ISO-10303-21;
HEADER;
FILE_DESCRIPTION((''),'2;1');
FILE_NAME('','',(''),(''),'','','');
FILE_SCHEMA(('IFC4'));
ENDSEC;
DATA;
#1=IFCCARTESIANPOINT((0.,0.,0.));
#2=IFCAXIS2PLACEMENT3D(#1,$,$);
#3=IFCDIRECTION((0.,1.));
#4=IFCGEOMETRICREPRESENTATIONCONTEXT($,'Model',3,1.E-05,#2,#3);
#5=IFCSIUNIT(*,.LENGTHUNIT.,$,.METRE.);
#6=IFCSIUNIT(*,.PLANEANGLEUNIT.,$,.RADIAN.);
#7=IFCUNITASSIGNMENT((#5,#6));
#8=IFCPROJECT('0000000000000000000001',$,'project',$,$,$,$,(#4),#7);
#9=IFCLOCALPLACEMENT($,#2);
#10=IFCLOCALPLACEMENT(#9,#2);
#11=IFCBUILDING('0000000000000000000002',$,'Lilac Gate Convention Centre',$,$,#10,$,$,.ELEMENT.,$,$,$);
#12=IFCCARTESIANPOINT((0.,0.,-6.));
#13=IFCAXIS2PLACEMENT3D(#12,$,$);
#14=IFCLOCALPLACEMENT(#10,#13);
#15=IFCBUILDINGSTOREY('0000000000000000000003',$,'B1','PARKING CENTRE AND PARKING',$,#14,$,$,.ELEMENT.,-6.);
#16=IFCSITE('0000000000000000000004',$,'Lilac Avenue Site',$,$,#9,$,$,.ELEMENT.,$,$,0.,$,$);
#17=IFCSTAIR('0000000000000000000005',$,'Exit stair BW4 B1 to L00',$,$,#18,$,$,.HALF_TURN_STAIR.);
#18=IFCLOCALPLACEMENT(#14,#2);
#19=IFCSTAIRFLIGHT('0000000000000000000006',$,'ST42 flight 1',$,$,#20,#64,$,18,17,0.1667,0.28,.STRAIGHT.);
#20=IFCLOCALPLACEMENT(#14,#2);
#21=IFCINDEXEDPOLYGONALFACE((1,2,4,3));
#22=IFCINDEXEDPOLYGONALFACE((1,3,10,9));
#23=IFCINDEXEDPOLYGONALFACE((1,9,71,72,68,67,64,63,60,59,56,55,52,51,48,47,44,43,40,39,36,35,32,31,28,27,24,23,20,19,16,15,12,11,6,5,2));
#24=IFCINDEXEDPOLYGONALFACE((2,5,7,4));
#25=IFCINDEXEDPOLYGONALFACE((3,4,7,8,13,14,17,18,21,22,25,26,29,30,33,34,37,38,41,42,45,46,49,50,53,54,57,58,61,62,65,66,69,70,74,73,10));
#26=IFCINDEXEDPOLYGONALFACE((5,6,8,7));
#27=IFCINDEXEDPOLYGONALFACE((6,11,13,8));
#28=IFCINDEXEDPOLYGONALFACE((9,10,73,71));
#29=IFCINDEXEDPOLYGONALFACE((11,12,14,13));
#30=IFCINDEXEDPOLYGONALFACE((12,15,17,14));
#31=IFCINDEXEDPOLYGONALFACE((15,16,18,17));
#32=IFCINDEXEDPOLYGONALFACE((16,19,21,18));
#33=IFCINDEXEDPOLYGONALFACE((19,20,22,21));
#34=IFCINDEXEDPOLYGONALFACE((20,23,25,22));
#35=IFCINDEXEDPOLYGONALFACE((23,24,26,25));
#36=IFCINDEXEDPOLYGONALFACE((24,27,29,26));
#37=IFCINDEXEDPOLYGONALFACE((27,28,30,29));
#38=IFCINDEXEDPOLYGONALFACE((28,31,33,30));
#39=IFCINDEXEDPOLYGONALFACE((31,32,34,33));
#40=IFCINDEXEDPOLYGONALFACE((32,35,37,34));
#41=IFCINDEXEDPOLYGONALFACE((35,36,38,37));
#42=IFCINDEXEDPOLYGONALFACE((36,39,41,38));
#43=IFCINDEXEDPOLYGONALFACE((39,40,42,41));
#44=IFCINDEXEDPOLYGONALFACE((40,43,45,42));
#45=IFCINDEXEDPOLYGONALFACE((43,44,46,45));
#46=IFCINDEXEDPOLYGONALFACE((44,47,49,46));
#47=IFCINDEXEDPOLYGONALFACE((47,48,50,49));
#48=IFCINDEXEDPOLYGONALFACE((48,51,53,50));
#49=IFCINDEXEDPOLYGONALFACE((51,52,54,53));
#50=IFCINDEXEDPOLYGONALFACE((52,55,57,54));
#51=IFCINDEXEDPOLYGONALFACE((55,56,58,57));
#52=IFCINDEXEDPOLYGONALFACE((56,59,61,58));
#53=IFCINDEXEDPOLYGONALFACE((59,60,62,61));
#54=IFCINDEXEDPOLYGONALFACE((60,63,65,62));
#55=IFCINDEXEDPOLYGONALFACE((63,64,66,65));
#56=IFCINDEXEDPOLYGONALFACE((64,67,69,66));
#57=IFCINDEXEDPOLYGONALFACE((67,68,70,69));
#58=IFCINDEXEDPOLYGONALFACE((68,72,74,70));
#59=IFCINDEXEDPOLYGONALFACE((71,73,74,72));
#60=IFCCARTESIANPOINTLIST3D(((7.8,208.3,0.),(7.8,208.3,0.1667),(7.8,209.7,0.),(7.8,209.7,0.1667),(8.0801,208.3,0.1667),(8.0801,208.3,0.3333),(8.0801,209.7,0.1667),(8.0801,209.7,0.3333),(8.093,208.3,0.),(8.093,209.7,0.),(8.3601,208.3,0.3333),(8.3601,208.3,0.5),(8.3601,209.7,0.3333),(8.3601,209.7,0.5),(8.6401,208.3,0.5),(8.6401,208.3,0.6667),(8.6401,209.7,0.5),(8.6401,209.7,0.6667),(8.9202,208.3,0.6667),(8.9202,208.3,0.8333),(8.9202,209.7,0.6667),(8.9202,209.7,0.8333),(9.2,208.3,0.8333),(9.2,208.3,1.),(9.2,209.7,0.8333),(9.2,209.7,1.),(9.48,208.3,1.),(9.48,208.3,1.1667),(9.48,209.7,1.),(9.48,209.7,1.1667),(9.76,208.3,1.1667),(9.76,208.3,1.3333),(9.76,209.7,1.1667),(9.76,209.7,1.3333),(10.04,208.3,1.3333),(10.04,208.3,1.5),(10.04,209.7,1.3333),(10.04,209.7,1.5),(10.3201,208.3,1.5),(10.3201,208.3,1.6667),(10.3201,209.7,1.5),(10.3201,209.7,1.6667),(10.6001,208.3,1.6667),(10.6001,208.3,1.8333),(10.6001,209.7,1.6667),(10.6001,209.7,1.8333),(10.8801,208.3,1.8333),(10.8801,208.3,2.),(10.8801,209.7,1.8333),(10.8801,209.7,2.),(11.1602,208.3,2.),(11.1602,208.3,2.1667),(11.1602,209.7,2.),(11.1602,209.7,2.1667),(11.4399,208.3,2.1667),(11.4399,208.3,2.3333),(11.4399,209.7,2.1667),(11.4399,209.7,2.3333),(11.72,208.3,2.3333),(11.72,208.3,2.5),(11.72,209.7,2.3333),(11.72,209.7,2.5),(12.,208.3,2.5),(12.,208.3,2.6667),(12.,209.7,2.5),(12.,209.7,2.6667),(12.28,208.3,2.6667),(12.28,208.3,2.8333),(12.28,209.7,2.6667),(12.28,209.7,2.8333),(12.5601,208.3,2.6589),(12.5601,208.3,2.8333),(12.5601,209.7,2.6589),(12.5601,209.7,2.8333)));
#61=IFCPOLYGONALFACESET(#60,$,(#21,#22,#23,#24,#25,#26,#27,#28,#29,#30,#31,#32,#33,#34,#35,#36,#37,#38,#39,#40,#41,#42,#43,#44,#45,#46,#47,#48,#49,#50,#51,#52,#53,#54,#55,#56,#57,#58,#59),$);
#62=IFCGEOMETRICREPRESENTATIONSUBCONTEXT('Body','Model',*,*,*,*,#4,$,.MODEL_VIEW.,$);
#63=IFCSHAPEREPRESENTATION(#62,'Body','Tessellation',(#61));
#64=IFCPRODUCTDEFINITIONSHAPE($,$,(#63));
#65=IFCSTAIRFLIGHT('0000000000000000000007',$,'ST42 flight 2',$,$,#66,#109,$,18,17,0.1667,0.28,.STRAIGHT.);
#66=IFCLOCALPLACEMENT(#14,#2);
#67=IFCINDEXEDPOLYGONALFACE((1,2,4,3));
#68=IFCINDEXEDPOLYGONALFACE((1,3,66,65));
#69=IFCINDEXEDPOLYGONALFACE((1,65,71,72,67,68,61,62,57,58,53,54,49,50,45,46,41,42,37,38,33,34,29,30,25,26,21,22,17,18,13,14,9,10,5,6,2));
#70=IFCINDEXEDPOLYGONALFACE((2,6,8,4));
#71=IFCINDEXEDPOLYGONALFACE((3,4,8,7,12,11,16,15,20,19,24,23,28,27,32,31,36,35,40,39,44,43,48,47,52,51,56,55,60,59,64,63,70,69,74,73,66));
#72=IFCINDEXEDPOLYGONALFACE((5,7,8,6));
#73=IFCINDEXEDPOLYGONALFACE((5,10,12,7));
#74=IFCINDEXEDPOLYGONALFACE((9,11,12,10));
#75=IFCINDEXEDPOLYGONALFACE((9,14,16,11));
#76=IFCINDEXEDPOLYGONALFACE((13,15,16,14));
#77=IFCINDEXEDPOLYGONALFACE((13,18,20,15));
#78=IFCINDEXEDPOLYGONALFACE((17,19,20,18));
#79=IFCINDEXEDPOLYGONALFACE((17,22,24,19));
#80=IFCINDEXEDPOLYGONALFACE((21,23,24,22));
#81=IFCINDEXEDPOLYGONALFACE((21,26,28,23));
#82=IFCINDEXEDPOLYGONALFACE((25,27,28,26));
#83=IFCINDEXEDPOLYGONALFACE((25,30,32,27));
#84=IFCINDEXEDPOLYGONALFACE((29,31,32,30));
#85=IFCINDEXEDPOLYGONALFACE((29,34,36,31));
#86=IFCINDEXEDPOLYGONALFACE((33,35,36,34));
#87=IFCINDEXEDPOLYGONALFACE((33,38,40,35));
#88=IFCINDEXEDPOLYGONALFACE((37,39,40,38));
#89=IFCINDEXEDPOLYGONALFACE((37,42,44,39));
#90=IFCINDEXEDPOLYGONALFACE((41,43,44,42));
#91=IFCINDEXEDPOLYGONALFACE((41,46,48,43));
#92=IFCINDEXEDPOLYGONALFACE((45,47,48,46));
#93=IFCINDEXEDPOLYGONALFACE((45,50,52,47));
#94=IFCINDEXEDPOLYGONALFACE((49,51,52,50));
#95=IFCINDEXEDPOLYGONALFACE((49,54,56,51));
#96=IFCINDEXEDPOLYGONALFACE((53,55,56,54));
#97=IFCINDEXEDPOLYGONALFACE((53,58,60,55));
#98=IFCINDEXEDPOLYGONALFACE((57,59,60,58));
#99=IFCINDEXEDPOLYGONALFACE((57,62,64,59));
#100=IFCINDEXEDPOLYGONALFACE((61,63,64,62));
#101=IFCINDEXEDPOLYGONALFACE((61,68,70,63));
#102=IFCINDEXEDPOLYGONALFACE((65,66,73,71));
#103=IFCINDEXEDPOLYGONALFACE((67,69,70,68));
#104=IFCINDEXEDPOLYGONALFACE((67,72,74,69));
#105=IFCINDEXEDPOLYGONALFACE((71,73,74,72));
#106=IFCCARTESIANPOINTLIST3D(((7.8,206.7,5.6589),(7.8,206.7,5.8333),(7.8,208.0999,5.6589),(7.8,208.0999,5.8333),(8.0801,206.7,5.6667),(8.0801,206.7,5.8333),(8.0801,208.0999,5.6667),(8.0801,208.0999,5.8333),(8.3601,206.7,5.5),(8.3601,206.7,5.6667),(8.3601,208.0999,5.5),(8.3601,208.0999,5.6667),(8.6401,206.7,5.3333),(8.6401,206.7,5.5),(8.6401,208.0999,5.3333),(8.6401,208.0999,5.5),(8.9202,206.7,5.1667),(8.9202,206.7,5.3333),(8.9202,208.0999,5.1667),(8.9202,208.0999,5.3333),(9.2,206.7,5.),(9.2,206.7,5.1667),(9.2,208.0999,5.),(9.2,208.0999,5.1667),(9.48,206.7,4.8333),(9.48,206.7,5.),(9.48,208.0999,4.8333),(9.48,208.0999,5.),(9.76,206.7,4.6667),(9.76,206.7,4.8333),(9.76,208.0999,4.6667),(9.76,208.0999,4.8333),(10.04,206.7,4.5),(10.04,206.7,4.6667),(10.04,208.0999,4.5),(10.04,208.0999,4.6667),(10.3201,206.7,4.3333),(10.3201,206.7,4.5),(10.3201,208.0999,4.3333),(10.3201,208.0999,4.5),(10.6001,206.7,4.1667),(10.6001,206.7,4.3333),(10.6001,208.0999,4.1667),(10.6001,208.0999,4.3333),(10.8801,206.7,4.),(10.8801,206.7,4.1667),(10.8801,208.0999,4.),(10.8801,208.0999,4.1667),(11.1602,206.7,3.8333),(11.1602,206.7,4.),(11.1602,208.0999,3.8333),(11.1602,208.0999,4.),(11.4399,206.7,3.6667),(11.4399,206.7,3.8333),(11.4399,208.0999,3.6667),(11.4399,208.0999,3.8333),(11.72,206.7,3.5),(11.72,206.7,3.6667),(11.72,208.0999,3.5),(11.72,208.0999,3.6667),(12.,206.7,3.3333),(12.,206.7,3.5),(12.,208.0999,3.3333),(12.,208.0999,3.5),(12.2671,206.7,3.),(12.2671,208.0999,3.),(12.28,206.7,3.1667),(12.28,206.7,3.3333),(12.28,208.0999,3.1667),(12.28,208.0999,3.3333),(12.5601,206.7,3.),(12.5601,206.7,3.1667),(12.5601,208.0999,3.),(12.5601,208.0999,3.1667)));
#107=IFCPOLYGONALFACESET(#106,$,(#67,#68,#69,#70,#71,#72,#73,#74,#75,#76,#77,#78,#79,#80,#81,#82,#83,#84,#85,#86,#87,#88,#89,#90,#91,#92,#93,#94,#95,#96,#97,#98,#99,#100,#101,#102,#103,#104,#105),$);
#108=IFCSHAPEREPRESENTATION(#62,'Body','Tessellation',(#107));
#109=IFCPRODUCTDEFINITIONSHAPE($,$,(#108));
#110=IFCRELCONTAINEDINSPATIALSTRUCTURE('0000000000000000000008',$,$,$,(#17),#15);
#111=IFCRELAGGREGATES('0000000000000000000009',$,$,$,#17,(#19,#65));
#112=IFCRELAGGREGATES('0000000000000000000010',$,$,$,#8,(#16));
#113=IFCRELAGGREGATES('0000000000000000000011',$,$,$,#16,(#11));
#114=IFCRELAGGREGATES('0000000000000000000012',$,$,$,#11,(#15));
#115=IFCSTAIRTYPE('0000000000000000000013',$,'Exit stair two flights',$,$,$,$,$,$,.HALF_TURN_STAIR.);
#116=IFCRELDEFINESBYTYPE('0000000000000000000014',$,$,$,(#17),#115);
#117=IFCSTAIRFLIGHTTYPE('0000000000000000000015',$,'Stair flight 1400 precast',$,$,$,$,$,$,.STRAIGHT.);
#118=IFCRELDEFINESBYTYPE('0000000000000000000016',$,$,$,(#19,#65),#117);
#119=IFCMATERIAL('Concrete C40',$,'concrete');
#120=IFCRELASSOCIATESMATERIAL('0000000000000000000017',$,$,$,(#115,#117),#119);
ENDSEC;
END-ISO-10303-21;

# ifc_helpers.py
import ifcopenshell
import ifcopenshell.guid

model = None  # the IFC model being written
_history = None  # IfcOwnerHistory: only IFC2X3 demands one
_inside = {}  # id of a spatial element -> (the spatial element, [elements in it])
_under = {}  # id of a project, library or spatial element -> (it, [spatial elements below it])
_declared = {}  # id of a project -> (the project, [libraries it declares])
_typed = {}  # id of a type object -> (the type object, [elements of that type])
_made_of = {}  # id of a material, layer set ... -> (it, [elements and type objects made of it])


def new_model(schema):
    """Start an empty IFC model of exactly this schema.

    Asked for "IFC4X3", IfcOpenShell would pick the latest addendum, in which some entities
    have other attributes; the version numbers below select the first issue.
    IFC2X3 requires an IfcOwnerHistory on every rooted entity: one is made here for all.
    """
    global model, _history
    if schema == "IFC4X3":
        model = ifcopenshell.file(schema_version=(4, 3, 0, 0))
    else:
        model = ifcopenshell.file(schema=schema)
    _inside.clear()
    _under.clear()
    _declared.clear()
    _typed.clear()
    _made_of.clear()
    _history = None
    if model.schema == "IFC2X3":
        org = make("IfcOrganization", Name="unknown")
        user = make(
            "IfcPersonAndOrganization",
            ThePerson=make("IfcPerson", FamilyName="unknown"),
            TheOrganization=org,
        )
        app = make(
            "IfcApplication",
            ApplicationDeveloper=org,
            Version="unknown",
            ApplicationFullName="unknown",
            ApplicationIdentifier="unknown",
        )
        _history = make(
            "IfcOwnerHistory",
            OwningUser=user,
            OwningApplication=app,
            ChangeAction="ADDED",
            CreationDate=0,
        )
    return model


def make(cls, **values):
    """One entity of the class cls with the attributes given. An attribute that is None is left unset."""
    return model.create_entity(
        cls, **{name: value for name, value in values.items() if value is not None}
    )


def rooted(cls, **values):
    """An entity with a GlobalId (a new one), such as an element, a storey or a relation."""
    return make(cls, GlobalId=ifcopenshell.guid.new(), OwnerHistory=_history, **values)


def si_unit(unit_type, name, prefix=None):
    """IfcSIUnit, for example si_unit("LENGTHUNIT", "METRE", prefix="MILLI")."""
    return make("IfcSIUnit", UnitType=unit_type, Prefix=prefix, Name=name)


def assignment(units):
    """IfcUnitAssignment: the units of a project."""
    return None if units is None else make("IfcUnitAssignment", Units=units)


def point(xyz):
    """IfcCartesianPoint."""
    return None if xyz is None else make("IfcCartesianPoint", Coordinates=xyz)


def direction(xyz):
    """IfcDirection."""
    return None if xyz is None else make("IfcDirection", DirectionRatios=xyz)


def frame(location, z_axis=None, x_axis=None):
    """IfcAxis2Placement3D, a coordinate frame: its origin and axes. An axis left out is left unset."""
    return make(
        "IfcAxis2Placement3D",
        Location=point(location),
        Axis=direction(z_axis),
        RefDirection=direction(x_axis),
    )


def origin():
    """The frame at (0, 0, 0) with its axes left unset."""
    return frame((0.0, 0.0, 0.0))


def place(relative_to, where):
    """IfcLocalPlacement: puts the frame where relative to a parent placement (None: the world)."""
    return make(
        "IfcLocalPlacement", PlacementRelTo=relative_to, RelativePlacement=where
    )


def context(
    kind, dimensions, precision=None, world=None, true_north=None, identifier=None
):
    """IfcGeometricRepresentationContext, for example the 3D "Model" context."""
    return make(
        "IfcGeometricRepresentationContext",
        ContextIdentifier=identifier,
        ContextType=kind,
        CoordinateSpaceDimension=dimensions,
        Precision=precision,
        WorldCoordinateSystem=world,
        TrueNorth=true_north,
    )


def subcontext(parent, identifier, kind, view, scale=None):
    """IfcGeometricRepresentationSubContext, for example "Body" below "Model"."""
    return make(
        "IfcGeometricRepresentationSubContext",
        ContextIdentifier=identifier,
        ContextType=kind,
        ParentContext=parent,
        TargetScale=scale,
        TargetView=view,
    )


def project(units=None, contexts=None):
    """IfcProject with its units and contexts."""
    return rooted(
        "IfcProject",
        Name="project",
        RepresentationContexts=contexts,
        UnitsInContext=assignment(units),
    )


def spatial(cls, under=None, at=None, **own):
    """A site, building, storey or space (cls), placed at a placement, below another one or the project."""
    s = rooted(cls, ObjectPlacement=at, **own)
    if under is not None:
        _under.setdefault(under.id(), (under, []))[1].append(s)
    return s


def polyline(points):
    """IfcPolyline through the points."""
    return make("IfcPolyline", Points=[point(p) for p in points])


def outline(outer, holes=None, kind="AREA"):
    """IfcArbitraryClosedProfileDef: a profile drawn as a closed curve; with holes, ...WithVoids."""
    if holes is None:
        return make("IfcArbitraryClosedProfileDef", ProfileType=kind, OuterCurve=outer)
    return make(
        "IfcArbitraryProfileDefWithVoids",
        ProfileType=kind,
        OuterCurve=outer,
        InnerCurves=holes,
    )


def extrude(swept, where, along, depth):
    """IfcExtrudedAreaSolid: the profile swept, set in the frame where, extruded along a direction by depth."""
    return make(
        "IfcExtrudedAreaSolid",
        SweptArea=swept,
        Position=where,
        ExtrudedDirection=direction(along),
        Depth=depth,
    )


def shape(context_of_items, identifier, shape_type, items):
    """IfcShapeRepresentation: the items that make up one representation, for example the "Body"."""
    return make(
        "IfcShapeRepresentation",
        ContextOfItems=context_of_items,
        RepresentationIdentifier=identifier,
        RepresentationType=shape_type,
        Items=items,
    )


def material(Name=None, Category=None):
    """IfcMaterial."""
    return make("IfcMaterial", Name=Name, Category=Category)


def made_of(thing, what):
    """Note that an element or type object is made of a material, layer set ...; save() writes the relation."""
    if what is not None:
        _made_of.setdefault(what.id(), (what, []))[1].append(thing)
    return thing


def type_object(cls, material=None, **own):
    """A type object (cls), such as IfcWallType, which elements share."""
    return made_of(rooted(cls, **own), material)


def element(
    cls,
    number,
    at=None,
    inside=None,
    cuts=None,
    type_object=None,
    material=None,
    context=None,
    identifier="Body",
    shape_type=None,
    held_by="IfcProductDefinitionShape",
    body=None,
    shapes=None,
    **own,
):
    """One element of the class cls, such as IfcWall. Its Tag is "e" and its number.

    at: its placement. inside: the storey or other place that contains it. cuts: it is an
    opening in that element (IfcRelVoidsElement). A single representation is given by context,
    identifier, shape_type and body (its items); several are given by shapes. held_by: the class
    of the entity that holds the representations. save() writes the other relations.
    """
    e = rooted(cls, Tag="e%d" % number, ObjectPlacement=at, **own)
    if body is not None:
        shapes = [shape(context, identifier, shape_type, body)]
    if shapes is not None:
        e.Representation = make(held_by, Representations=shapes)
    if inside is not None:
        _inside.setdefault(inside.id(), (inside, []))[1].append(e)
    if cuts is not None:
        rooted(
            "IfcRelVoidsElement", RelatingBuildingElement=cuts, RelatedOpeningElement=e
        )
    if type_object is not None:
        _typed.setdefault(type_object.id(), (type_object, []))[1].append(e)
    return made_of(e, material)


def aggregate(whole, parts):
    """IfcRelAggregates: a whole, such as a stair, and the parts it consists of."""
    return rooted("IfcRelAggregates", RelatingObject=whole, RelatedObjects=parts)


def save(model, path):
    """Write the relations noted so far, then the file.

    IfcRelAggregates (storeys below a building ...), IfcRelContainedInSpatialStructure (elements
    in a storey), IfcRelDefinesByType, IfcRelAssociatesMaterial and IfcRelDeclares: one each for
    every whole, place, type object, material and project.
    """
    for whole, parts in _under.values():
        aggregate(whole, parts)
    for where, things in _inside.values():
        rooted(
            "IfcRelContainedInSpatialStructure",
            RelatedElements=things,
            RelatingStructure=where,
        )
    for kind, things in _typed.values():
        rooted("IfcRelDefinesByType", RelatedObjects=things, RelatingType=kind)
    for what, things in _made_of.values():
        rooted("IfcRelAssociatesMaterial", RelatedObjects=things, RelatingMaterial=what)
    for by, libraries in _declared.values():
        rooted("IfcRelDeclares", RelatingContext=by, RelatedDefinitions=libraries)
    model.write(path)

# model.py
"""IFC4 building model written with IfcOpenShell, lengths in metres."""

from ifc_helpers import new_model, si_unit, direction, frame, origin, place, context, subcontext, project, spatial, polyline, outline, extrude, material, type_object, element, aggregate, save


model = new_model("IFC4")

# Units and contexts
model_context = context("Model", 3, precision=1e-05, world=origin(), true_north=direction((0.0, 1.0)))
body_context = subcontext(model_context, "Body", "Model", "MODEL_VIEW")
ifc_project = project(units=[si_unit("LENGTHUNIT", "METRE"), si_unit("PLANEANGLEUNIT", "RADIAN")], contexts=[model_context])

# Site, building, storey
site_placement = place(None, origin())
site = spatial("IfcSite", under=ifc_project, at=site_placement, Name="Lilac Avenue Site", CompositionType="ELEMENT", RefElevation=0.0)
building_placement = place(site_placement, origin())
building = spatial("IfcBuilding", under=site, at=building_placement, Name="Lilac Gate Convention Centre", CompositionType="ELEMENT")
storey_placement = place(building_placement, frame((0.0, 0.0, -6.0)))
storey = spatial("IfcBuildingStorey", under=building, at=storey_placement, Name="B1", Description="PARKING CENTRE AND PARKING", CompositionType="ELEMENT", Elevation=-6.0)

# Shared definitions
ifc_material_1 = material(Name="Concrete C40", Category="concrete")

# Stair, stair flights
stair_type = type_object("IfcStairType", Name="Exit stair two flights", PredefinedType="HALF_TURN_STAIR", material=ifc_material_1)
stair_placement = place(storey_placement, origin())
stair = element("IfcStair", 1, at=stair_placement, inside=storey, type_object=stair_type, Name="Exit stair BW4 B1 to L00", PredefinedType="HALF_TURN_STAIR")
stair_flight_type = type_object("IfcStairFlightType", Name="Stair flight 1400 precast", PredefinedType="STRAIGHT", material=ifc_material_1)
stair_flight_1_placement = place(storey_placement, frame((7.8, 209.0, 0.0), z_axis=(0.0, 0.0, 1.0), x_axis=(1.0, 0.0, 0.0)))
stair_flight_1 = element("IfcStairFlight", 2, at=stair_flight_1_placement, type_object=stair_flight_type, Name="ST42 flight 1", NumberOfRisers=18, NumberOfTreads=17, PredefinedType="STRAIGHT", RiserHeight=0.1667, TreadLength=0.28, context=body_context, shape_type="SweptSolid", body=[
    extrude(outline(polyline([(0.0, 0.0), (0.0, 0.1667), (0.28, 0.1667), (0.28, 0.3333), (0.5601, 0.3333), (0.5601, 0.5), (0.8401, 0.5), (0.8401, 0.6667), (1.1201, 0.6667), (1.1201, 0.8333), (1.3999, 0.8333), (1.3999, 1.0), (1.6799, 1.0), (1.6799, 1.1667), (1.96, 1.1667), (1.96, 1.3333), (2.24, 1.3333), (2.24, 1.5), (2.52, 1.5), (2.52, 1.6667), (2.8, 1.6667), (2.8, 1.8333), (3.0801, 1.8333), (3.0801, 2.0), (3.3601, 2.0), (3.3601, 2.1667), (3.6399, 2.1667), (3.6399, 2.3333), (3.9199, 2.3333), (3.9199, 2.5), (4.2, 2.5), (4.2, 2.6667), (4.48, 2.6667), (4.48, 2.8333), (4.76, 2.8333), (4.76, 3.0), (4.76, 2.6589), (0.293, 0.0), (0.0, 0.0)])), frame((0.0, 0.7, 0.0), z_axis=(0.0, -1.0, 0.0), x_axis=(1.0, 0.0, 0.0)), (0.0, 0.0, 1.0), 1.3999),
])
stair_flight_2_placement = place(storey_placement, frame((12.5601, 207.3999, 3.0), z_axis=(0.0, 0.0, 1.0), x_axis=(-1.0, 0.0, 0.0)))
stair_flight_2 = element("IfcStairFlight", 3, at=stair_flight_2_placement, type_object=stair_flight_type, Name="ST42 flight 2", NumberOfRisers=18, NumberOfTreads=17, PredefinedType="STRAIGHT", RiserHeight=0.1667, TreadLength=0.28, context=body_context, shape_type="SweptSolid", body=[
    extrude(outline(polyline([(0.0, 0.0), (0.0, 0.1667), (0.28, 0.1667), (0.28, 0.3333), (0.5601, 0.3333), (0.5601, 0.5), (0.8401, 0.5), (0.8401, 0.6667), (1.1201, 0.6667), (1.1201, 0.8333), (1.3999, 0.8333), (1.3999, 1.0), (1.6799, 1.0), (1.6799, 1.1667), (1.96, 1.1667), (1.96, 1.3333), (2.24, 1.3333), (2.24, 1.5), (2.52, 1.5), (2.52, 1.6667), (2.8, 1.6667), (2.8, 1.8333), (3.0801, 1.8333), (3.0801, 2.0), (3.3601, 2.0), (3.3601, 2.1667), (3.6399, 2.1667), (3.6399, 2.3333), (3.9199, 2.3333), (3.9199, 2.5), (4.2, 2.5), (4.2, 2.6667), (4.48, 2.6667), (4.48, 2.8333), (4.76, 2.8333), (4.76, 3.0), (4.76, 2.6589), (0.293, 0.0), (0.0, 0.0)])), frame((0.0, 0.7, 0.0), z_axis=(0.0, -1.0, 0.0), x_axis=(1.0, 0.0, 0.0)), (0.0, 0.0, 1.0), 1.3999),
])
aggregate(stair, [stair_flight_1, stair_flight_2])

save(model, "model.ifc")
